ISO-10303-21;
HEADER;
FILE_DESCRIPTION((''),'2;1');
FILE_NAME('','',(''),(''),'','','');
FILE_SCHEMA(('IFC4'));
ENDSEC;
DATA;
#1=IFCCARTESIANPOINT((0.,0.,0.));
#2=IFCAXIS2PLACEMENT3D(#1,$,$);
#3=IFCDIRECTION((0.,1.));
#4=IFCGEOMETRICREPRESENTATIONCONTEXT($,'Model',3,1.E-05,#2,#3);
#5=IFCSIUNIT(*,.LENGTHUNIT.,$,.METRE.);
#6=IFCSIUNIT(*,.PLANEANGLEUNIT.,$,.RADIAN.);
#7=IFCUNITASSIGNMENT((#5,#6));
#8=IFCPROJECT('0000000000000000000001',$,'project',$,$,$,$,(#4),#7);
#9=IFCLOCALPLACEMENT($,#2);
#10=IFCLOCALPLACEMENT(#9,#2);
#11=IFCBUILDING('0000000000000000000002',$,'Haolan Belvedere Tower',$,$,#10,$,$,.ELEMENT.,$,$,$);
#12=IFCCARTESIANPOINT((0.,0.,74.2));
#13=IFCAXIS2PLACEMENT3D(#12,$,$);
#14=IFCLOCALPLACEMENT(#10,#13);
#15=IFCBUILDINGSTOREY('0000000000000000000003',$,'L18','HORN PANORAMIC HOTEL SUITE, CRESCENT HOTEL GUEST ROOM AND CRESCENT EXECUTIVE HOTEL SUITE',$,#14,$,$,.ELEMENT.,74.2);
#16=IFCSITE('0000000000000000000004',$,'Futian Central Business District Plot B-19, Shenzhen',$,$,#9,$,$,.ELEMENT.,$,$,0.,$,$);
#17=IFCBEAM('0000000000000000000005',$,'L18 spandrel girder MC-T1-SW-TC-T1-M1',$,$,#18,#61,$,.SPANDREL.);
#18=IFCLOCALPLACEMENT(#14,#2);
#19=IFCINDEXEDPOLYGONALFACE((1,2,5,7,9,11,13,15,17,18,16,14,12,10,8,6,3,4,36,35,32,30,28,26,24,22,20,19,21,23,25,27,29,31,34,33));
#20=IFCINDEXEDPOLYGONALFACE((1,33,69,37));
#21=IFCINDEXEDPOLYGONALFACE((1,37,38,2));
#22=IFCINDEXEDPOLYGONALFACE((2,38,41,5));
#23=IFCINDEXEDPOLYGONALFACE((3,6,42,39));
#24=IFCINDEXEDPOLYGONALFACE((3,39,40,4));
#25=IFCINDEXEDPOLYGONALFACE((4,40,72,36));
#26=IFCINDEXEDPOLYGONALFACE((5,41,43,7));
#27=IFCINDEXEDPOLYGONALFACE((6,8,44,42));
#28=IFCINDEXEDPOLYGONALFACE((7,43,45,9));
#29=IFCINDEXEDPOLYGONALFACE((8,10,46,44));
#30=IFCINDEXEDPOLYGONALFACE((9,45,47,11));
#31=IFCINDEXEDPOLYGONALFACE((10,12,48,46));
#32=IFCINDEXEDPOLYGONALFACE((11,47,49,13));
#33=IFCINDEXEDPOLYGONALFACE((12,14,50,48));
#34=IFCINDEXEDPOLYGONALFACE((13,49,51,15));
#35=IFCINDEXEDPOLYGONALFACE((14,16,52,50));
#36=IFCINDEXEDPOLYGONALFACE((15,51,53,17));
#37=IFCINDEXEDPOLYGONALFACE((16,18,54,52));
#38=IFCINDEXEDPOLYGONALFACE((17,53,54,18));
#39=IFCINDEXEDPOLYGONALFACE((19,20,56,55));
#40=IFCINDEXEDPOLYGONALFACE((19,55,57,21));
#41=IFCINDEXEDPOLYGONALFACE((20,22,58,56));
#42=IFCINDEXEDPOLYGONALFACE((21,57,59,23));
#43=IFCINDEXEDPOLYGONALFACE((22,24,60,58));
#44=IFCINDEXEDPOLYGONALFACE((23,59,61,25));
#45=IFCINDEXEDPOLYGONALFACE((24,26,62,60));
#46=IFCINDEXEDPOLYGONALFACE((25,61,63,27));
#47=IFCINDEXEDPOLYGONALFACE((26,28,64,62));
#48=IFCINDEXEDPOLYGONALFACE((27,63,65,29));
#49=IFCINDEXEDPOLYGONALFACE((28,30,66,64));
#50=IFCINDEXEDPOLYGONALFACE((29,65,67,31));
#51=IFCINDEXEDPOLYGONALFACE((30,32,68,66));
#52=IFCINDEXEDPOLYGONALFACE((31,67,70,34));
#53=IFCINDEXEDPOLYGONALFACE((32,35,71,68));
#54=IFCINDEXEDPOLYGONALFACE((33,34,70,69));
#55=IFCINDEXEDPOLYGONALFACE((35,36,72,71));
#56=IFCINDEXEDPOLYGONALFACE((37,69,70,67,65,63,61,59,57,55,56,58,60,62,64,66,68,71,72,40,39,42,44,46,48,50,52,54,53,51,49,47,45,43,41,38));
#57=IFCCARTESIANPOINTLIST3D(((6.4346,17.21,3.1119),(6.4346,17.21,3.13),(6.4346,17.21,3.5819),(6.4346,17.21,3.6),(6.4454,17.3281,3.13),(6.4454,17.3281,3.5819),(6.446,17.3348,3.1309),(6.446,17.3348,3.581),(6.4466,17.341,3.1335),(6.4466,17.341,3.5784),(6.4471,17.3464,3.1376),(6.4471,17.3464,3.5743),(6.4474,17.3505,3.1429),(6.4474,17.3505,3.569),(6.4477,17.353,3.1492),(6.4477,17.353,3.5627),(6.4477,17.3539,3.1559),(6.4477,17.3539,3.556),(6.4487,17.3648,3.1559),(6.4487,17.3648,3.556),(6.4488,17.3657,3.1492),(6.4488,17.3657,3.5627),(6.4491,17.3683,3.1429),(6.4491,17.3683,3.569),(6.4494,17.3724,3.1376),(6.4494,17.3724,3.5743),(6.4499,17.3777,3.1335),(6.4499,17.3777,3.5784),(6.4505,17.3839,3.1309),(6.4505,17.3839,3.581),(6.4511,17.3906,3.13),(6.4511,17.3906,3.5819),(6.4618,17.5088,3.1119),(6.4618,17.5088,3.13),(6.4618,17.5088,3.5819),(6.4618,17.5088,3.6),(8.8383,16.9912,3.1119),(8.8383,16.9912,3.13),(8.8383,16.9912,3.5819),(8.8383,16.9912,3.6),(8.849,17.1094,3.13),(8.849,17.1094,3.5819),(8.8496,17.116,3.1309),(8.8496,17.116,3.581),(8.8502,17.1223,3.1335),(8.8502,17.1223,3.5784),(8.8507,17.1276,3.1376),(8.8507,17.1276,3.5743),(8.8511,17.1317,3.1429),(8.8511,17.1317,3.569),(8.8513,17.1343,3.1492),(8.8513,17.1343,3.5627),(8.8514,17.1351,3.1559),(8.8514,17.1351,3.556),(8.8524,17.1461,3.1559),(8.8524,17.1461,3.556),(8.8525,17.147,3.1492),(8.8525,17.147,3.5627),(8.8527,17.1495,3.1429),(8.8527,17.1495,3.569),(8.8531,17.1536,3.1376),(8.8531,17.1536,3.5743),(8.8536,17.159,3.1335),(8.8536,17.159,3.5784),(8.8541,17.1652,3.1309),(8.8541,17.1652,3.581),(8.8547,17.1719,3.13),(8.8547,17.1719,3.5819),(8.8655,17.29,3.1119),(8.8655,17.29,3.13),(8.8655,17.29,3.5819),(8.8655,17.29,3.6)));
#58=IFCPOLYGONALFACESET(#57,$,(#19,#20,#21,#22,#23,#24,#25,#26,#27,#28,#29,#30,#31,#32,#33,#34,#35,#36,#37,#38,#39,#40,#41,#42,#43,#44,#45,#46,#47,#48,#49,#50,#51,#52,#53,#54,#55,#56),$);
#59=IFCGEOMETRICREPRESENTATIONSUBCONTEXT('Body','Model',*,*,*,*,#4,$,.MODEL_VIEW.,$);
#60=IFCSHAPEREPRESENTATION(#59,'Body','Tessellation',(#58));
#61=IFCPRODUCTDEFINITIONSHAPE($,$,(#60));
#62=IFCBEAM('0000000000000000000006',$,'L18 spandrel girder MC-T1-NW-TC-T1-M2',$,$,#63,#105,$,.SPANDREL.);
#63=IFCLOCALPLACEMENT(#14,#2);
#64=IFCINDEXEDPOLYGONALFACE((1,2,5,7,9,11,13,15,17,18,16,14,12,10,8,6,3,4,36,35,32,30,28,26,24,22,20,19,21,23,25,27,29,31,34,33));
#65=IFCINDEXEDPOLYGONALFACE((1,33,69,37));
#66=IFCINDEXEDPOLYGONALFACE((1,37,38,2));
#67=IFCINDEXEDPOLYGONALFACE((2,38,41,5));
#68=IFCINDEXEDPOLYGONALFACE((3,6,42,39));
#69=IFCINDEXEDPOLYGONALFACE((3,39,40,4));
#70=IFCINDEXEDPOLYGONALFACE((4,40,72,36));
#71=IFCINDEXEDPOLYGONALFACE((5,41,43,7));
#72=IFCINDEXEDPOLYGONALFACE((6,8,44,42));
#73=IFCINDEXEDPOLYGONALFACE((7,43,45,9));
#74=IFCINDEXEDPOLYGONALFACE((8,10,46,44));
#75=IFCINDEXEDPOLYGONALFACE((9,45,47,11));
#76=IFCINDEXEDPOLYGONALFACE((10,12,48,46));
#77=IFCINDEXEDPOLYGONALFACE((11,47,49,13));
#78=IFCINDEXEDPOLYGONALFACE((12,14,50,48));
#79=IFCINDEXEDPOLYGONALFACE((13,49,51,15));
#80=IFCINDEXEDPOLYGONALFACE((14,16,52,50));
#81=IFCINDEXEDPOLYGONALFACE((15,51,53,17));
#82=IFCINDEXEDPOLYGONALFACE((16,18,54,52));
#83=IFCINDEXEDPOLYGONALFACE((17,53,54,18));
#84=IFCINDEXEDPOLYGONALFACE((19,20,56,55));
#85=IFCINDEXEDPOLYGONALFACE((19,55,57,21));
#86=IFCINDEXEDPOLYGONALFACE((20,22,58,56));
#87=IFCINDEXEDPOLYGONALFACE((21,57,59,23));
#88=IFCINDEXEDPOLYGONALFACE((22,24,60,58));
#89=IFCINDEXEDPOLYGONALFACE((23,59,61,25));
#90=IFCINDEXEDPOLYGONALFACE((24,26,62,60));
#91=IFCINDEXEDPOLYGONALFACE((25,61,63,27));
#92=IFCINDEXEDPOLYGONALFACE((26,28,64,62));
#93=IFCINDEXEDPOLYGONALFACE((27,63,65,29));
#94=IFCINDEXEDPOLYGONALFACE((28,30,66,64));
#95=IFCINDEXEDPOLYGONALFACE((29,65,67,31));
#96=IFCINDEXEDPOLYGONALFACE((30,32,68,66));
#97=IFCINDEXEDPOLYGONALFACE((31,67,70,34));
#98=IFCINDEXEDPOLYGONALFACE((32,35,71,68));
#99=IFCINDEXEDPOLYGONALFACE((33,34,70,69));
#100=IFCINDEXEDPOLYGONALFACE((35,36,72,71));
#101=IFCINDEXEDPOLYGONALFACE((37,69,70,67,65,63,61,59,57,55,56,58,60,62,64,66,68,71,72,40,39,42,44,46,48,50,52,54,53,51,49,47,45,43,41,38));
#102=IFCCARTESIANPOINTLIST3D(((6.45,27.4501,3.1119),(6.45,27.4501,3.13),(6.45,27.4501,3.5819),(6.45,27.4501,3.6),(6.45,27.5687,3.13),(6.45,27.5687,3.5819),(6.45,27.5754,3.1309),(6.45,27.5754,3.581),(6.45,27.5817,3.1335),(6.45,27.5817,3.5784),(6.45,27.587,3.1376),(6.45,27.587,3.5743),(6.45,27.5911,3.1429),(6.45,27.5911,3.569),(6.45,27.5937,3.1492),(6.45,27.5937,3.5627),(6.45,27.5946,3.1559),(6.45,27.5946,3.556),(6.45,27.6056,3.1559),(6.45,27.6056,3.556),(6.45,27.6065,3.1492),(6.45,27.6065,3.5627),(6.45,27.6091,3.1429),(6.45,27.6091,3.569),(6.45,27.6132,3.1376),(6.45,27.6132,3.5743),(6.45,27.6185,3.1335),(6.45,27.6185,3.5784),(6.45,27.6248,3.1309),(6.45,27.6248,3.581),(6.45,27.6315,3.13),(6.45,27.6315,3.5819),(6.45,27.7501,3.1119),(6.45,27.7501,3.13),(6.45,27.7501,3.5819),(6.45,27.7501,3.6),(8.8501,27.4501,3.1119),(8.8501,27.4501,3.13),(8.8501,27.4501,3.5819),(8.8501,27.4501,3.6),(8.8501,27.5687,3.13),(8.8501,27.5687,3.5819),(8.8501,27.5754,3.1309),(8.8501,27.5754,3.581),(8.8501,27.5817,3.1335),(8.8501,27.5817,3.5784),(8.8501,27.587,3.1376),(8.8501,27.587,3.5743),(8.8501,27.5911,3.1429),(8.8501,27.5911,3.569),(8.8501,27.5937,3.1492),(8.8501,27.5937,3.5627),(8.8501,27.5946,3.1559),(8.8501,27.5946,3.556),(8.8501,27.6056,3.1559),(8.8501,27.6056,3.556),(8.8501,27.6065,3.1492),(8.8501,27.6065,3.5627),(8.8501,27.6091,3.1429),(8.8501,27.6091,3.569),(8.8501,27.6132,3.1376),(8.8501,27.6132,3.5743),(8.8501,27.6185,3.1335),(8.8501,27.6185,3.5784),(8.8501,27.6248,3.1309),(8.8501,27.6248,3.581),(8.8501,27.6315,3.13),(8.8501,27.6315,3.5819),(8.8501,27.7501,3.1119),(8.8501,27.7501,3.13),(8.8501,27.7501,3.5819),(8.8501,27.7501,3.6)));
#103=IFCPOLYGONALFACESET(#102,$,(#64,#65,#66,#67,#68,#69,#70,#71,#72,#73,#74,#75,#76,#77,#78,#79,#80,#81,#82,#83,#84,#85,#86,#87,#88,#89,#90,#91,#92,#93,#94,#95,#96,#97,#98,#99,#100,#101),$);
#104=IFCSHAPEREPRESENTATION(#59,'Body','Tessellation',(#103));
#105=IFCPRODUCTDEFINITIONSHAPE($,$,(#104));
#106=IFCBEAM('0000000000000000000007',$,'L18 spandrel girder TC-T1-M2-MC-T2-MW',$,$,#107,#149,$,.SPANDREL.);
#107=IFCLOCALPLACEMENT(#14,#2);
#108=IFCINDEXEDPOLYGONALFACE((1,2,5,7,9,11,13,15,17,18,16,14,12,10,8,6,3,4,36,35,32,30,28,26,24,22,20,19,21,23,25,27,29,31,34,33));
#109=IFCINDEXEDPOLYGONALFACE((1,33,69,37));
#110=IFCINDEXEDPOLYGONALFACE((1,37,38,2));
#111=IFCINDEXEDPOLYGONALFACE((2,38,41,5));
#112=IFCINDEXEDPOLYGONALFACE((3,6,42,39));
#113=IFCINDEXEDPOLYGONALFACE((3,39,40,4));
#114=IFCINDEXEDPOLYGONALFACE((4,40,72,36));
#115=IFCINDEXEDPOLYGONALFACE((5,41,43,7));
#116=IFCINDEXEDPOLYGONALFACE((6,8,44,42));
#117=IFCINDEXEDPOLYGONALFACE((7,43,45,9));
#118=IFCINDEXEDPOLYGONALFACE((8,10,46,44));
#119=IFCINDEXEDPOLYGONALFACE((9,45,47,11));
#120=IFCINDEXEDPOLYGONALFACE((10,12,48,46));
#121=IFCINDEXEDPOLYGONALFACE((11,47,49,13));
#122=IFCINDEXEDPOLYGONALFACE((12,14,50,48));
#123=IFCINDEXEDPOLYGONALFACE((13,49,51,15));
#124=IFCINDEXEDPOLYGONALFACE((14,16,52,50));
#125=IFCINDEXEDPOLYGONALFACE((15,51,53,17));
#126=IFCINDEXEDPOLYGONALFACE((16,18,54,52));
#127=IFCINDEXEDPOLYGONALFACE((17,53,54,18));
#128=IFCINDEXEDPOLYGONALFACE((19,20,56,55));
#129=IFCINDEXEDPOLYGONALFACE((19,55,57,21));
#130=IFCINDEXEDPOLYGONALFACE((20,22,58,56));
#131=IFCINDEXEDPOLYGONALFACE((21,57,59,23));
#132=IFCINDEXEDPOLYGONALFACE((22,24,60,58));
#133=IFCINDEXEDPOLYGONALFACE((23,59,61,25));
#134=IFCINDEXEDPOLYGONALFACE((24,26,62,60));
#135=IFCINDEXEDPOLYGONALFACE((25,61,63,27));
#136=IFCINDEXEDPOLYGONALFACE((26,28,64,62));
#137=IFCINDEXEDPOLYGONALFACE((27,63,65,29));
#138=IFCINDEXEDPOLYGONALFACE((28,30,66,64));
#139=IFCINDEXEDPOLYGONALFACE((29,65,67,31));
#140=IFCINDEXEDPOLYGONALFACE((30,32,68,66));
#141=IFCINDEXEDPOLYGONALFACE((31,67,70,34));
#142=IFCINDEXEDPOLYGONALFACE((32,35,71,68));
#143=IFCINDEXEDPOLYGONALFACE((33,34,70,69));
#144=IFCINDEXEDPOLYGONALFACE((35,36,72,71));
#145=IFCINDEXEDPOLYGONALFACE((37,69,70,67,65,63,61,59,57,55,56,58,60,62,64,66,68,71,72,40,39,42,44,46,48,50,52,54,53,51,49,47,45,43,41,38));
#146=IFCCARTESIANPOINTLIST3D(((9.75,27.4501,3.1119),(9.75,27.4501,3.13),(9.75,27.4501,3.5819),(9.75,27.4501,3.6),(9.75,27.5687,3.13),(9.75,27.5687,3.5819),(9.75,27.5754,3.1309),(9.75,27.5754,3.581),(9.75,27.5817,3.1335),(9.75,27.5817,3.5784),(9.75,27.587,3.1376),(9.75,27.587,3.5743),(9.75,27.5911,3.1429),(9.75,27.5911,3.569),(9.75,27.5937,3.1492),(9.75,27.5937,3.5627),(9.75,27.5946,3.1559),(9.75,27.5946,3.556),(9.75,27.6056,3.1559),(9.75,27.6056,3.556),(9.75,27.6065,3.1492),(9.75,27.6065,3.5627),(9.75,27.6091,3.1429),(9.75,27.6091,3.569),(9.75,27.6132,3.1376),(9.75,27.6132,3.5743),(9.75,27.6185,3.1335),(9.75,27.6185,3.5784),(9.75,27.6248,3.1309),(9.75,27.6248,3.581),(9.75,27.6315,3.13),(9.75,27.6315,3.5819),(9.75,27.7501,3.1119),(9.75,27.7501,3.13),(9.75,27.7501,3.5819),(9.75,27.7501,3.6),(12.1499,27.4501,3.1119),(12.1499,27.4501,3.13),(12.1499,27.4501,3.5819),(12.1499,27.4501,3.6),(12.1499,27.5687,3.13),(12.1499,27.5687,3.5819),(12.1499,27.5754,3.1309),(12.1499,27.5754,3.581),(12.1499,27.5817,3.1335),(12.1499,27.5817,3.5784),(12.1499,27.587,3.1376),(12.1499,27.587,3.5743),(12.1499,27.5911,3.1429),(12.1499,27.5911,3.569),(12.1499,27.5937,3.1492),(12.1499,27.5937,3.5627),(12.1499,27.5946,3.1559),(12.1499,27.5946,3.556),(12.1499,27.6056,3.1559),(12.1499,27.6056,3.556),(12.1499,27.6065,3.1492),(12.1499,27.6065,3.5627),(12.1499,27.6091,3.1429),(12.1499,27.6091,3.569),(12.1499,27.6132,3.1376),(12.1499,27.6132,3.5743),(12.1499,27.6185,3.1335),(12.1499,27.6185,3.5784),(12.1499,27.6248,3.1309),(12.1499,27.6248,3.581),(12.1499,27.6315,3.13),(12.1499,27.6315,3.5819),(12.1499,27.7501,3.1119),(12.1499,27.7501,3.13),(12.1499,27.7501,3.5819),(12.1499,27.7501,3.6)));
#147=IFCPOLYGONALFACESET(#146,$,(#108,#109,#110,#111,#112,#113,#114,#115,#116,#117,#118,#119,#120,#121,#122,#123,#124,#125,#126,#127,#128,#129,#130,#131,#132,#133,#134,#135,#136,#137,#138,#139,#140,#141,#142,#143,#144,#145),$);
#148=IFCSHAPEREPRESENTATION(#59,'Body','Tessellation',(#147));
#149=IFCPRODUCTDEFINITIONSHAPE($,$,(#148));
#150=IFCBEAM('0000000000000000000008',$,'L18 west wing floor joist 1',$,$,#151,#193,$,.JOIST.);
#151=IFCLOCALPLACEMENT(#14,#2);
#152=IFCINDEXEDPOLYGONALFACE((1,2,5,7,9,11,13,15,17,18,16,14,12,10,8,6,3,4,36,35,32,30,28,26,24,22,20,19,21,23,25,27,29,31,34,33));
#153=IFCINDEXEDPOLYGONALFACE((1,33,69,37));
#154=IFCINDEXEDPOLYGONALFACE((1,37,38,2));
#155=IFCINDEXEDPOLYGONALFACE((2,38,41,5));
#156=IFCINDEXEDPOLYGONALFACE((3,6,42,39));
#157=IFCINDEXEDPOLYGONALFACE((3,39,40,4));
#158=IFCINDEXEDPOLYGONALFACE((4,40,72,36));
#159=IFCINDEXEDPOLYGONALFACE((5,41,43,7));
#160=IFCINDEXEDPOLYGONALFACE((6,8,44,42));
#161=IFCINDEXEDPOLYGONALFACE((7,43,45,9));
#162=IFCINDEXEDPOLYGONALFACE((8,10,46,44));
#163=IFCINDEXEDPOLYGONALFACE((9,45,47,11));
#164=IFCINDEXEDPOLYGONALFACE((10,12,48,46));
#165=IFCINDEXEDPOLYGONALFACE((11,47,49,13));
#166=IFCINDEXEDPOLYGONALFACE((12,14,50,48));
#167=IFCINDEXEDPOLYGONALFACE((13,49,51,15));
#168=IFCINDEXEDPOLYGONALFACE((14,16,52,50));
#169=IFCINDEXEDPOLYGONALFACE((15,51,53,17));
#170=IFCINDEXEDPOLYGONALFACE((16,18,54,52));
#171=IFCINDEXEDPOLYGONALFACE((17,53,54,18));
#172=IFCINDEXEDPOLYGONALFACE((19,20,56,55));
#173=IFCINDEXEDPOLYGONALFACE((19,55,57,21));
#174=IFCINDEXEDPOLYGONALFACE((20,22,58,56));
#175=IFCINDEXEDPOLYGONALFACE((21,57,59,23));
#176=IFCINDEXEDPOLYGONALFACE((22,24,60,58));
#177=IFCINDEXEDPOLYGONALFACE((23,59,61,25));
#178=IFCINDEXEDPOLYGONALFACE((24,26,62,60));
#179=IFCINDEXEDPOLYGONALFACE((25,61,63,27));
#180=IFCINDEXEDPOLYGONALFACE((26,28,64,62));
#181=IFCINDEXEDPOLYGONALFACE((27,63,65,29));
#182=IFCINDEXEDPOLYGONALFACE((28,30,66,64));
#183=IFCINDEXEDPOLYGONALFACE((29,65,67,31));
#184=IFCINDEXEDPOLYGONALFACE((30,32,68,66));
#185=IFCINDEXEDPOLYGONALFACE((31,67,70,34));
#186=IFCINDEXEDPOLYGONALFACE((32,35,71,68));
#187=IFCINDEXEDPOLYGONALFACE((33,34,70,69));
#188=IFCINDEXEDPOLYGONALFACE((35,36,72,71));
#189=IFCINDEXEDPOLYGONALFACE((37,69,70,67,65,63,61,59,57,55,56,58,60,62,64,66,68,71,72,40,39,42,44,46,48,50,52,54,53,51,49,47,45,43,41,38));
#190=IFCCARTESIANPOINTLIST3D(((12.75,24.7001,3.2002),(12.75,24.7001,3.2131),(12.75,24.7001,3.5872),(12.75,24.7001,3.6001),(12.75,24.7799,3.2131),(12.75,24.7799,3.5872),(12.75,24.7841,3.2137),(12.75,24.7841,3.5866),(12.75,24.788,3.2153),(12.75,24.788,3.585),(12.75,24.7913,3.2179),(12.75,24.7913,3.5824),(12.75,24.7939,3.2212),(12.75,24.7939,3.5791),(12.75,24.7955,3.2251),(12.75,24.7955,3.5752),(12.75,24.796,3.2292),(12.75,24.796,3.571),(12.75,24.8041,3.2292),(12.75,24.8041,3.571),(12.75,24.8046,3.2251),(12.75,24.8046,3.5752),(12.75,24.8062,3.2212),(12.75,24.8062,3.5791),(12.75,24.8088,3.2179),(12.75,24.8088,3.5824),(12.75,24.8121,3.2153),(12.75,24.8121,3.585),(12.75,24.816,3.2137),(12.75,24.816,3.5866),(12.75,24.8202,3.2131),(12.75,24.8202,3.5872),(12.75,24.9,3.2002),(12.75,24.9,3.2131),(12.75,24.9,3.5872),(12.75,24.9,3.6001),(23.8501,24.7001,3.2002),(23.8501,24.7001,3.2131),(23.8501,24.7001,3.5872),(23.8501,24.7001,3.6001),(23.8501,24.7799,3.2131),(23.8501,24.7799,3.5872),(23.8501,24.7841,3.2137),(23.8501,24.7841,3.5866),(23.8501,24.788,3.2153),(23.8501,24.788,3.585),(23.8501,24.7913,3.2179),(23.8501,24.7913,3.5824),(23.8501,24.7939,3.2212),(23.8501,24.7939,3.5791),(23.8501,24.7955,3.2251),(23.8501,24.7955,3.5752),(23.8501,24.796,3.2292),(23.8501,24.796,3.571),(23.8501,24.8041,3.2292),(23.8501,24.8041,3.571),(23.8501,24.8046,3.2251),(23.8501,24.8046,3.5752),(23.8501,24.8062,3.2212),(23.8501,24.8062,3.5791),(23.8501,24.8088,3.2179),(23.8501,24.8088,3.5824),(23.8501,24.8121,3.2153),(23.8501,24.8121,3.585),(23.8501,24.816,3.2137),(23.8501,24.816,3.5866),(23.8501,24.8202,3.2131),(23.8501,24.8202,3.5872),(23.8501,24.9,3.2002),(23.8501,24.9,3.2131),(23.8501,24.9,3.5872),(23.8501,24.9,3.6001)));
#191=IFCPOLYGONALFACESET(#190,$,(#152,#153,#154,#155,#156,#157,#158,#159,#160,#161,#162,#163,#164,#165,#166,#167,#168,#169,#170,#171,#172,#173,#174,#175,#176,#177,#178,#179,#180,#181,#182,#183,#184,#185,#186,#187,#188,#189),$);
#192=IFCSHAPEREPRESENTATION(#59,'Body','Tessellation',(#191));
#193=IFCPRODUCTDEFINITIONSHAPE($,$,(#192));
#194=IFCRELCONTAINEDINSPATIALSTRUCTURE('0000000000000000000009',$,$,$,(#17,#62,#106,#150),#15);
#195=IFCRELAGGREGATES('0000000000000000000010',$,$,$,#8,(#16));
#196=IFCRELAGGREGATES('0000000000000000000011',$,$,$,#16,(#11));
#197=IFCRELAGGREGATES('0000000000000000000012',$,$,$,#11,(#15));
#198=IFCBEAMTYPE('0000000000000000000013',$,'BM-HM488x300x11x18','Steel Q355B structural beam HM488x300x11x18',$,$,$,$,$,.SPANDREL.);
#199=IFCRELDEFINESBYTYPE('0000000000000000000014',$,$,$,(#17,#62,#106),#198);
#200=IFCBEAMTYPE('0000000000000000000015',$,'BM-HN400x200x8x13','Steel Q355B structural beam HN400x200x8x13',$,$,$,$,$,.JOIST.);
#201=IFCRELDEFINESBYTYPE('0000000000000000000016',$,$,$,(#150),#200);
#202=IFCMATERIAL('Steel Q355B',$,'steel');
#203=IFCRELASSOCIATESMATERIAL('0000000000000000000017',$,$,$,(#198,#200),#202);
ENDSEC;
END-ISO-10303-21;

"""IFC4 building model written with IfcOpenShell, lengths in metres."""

from ifc_helpers import new_model, si_unit, direction, frame, origin, origin_2d, place, context, subcontext, project, spatial, i_section, extrude, material, material_profile, profile_set, type_object, element, save


model = new_model("IFC4")

# Units and contexts
model_context = context("Model", 3, precision=1e-05, world=origin(), true_north=direction((0.0, 1.0)))
body_context = subcontext(model_context, "Body", "Model", "MODEL_VIEW")
ifc_project = project(units=[si_unit("LENGTHUNIT", "METRE"), si_unit("PLANEANGLEUNIT", "RADIAN")], contexts=[model_context])

# Site, building, storey
site_placement = place(None, origin())
site = spatial("IfcSite", under=ifc_project, at=site_placement, Name="Futian Central Business District Plot B-19, Shenzhen", CompositionType="ELEMENT", RefElevation=0.0)
building_placement = place(site_placement, origin())
building = spatial("IfcBuilding", under=site, at=building_placement, Name="Haolan Belvedere Tower", CompositionType="ELEMENT")
storey_placement = place(building_placement, frame((0.0, 0.0, 74.2)))
storey = spatial("IfcBuildingStorey", under=building, at=storey_placement, Name="L18", Description="HORN PANORAMIC HOTEL SUITE, CRESCENT HOTEL GUEST ROOM AND CRESCENT EXECUTIVE HOTEL SUITE", CompositionType="ELEMENT", Elevation=74.2)

# Shared definitions
ifc_material_1 = material(Name="Steel Q355B", Category="steel")

# Beams
ifc_material_profile_1 = material_profile(ifc_material_1, i_section(OverallWidth=0.3, OverallDepth=0.488, WebThickness=0.011, FlangeThickness=0.0181, FilletRadius=0.0259, at=origin_2d()), Name="Steel Q355B")
ifc_profile_set_1 = profile_set([ifc_material_profile_1], Name="Steel Q355B")
beam_type_1 = type_object("IfcBeamType", Name="BM-HM488x300x11x18", Description="Steel Q355B structural beam HM488x300x11x18", PredefinedType="SPANDREL", material=ifc_profile_set_1)
beam_1_placement = place(storey_placement, frame((6.4482, 17.3594, 3.356), z_axis=(0.995884, -0.090636, 0.0), x_axis=(0.090636, 0.995884, 0.0)))
element("IfcBeam", 1, at=beam_1_placement, inside=storey, type_object=beam_type_1, Name="L18 spandrel girder MC-T1-SW-TC-T1-M1", PredefinedType="SPANDREL", context=body_context, shape_type="SweptSolid", body=[
    extrude(i_section(OverallWidth=0.3, OverallDepth=0.488, WebThickness=0.011, FlangeThickness=0.0181, FilletRadius=0.0259, at=origin_2d()), origin(), (0.0, 0.0, 1.0), 2.4136),
])
beam_2_placement = place(storey_placement, frame((6.45, 27.6001, 3.356), z_axis=(1.0, 0.0, 0.0), x_axis=(0.0, 1.0, 0.0)))
element("IfcBeam", 2, at=beam_2_placement, inside=storey, type_object=beam_type_1, Name="L18 spandrel girder MC-T1-NW-TC-T1-M2", PredefinedType="SPANDREL", context=body_context, shape_type="SweptSolid", body=[
    extrude(i_section(OverallWidth=0.3, OverallDepth=0.488, WebThickness=0.011, FlangeThickness=0.0181, FilletRadius=0.0259, at=origin_2d()), origin(), (0.0, 0.0, 1.0), 2.4001),
])
beam_3_placement = place(storey_placement, frame((9.75, 27.6001, 3.356), z_axis=(1.0, 0.0, 0.0), x_axis=(0.0, 1.0, 0.0)))
element("IfcBeam", 3, at=beam_3_placement, inside=storey, type_object=beam_type_1, Name="L18 spandrel girder TC-T1-M2-MC-T2-MW", PredefinedType="SPANDREL", context=body_context, shape_type="SweptSolid", body=[
    extrude(i_section(OverallWidth=0.3, OverallDepth=0.488, WebThickness=0.011, FlangeThickness=0.0181, FilletRadius=0.0259, at=origin_2d()), origin(), (0.0, 0.0, 1.0), 2.3999),
])
ifc_material_profile_2 = material_profile(ifc_material_1, i_section(OverallWidth=0.2, OverallDepth=0.3999, WebThickness=0.0081, FlangeThickness=0.0129, FilletRadius=0.0161, at=origin_2d()), Name="Steel Q355B")
ifc_profile_set_2 = profile_set([ifc_material_profile_2], Name="Steel Q355B")
beam_type_2 = type_object("IfcBeamType", Name="BM-HN400x200x8x13", Description="Steel Q355B structural beam HN400x200x8x13", PredefinedType="JOIST", material=ifc_profile_set_2)
beam_4_placement = place(storey_placement, frame((12.75, 24.8, 3.4001), z_axis=(1.0, 0.0, 0.0), x_axis=(0.0, 1.0, 0.0)))
element("IfcBeam", 4, at=beam_4_placement, inside=storey, type_object=beam_type_2, Name="L18 west wing floor joist 1", PredefinedType="JOIST", context=body_context, shape_type="SweptSolid", body=[
    extrude(i_section(OverallWidth=0.2, OverallDepth=0.3999, WebThickness=0.0081, FlangeThickness=0.0129, FilletRadius=0.0161, at=origin_2d()), origin(), (0.0, 0.0, 1.0), 11.1001),
])

save(model, "model.ifc")
